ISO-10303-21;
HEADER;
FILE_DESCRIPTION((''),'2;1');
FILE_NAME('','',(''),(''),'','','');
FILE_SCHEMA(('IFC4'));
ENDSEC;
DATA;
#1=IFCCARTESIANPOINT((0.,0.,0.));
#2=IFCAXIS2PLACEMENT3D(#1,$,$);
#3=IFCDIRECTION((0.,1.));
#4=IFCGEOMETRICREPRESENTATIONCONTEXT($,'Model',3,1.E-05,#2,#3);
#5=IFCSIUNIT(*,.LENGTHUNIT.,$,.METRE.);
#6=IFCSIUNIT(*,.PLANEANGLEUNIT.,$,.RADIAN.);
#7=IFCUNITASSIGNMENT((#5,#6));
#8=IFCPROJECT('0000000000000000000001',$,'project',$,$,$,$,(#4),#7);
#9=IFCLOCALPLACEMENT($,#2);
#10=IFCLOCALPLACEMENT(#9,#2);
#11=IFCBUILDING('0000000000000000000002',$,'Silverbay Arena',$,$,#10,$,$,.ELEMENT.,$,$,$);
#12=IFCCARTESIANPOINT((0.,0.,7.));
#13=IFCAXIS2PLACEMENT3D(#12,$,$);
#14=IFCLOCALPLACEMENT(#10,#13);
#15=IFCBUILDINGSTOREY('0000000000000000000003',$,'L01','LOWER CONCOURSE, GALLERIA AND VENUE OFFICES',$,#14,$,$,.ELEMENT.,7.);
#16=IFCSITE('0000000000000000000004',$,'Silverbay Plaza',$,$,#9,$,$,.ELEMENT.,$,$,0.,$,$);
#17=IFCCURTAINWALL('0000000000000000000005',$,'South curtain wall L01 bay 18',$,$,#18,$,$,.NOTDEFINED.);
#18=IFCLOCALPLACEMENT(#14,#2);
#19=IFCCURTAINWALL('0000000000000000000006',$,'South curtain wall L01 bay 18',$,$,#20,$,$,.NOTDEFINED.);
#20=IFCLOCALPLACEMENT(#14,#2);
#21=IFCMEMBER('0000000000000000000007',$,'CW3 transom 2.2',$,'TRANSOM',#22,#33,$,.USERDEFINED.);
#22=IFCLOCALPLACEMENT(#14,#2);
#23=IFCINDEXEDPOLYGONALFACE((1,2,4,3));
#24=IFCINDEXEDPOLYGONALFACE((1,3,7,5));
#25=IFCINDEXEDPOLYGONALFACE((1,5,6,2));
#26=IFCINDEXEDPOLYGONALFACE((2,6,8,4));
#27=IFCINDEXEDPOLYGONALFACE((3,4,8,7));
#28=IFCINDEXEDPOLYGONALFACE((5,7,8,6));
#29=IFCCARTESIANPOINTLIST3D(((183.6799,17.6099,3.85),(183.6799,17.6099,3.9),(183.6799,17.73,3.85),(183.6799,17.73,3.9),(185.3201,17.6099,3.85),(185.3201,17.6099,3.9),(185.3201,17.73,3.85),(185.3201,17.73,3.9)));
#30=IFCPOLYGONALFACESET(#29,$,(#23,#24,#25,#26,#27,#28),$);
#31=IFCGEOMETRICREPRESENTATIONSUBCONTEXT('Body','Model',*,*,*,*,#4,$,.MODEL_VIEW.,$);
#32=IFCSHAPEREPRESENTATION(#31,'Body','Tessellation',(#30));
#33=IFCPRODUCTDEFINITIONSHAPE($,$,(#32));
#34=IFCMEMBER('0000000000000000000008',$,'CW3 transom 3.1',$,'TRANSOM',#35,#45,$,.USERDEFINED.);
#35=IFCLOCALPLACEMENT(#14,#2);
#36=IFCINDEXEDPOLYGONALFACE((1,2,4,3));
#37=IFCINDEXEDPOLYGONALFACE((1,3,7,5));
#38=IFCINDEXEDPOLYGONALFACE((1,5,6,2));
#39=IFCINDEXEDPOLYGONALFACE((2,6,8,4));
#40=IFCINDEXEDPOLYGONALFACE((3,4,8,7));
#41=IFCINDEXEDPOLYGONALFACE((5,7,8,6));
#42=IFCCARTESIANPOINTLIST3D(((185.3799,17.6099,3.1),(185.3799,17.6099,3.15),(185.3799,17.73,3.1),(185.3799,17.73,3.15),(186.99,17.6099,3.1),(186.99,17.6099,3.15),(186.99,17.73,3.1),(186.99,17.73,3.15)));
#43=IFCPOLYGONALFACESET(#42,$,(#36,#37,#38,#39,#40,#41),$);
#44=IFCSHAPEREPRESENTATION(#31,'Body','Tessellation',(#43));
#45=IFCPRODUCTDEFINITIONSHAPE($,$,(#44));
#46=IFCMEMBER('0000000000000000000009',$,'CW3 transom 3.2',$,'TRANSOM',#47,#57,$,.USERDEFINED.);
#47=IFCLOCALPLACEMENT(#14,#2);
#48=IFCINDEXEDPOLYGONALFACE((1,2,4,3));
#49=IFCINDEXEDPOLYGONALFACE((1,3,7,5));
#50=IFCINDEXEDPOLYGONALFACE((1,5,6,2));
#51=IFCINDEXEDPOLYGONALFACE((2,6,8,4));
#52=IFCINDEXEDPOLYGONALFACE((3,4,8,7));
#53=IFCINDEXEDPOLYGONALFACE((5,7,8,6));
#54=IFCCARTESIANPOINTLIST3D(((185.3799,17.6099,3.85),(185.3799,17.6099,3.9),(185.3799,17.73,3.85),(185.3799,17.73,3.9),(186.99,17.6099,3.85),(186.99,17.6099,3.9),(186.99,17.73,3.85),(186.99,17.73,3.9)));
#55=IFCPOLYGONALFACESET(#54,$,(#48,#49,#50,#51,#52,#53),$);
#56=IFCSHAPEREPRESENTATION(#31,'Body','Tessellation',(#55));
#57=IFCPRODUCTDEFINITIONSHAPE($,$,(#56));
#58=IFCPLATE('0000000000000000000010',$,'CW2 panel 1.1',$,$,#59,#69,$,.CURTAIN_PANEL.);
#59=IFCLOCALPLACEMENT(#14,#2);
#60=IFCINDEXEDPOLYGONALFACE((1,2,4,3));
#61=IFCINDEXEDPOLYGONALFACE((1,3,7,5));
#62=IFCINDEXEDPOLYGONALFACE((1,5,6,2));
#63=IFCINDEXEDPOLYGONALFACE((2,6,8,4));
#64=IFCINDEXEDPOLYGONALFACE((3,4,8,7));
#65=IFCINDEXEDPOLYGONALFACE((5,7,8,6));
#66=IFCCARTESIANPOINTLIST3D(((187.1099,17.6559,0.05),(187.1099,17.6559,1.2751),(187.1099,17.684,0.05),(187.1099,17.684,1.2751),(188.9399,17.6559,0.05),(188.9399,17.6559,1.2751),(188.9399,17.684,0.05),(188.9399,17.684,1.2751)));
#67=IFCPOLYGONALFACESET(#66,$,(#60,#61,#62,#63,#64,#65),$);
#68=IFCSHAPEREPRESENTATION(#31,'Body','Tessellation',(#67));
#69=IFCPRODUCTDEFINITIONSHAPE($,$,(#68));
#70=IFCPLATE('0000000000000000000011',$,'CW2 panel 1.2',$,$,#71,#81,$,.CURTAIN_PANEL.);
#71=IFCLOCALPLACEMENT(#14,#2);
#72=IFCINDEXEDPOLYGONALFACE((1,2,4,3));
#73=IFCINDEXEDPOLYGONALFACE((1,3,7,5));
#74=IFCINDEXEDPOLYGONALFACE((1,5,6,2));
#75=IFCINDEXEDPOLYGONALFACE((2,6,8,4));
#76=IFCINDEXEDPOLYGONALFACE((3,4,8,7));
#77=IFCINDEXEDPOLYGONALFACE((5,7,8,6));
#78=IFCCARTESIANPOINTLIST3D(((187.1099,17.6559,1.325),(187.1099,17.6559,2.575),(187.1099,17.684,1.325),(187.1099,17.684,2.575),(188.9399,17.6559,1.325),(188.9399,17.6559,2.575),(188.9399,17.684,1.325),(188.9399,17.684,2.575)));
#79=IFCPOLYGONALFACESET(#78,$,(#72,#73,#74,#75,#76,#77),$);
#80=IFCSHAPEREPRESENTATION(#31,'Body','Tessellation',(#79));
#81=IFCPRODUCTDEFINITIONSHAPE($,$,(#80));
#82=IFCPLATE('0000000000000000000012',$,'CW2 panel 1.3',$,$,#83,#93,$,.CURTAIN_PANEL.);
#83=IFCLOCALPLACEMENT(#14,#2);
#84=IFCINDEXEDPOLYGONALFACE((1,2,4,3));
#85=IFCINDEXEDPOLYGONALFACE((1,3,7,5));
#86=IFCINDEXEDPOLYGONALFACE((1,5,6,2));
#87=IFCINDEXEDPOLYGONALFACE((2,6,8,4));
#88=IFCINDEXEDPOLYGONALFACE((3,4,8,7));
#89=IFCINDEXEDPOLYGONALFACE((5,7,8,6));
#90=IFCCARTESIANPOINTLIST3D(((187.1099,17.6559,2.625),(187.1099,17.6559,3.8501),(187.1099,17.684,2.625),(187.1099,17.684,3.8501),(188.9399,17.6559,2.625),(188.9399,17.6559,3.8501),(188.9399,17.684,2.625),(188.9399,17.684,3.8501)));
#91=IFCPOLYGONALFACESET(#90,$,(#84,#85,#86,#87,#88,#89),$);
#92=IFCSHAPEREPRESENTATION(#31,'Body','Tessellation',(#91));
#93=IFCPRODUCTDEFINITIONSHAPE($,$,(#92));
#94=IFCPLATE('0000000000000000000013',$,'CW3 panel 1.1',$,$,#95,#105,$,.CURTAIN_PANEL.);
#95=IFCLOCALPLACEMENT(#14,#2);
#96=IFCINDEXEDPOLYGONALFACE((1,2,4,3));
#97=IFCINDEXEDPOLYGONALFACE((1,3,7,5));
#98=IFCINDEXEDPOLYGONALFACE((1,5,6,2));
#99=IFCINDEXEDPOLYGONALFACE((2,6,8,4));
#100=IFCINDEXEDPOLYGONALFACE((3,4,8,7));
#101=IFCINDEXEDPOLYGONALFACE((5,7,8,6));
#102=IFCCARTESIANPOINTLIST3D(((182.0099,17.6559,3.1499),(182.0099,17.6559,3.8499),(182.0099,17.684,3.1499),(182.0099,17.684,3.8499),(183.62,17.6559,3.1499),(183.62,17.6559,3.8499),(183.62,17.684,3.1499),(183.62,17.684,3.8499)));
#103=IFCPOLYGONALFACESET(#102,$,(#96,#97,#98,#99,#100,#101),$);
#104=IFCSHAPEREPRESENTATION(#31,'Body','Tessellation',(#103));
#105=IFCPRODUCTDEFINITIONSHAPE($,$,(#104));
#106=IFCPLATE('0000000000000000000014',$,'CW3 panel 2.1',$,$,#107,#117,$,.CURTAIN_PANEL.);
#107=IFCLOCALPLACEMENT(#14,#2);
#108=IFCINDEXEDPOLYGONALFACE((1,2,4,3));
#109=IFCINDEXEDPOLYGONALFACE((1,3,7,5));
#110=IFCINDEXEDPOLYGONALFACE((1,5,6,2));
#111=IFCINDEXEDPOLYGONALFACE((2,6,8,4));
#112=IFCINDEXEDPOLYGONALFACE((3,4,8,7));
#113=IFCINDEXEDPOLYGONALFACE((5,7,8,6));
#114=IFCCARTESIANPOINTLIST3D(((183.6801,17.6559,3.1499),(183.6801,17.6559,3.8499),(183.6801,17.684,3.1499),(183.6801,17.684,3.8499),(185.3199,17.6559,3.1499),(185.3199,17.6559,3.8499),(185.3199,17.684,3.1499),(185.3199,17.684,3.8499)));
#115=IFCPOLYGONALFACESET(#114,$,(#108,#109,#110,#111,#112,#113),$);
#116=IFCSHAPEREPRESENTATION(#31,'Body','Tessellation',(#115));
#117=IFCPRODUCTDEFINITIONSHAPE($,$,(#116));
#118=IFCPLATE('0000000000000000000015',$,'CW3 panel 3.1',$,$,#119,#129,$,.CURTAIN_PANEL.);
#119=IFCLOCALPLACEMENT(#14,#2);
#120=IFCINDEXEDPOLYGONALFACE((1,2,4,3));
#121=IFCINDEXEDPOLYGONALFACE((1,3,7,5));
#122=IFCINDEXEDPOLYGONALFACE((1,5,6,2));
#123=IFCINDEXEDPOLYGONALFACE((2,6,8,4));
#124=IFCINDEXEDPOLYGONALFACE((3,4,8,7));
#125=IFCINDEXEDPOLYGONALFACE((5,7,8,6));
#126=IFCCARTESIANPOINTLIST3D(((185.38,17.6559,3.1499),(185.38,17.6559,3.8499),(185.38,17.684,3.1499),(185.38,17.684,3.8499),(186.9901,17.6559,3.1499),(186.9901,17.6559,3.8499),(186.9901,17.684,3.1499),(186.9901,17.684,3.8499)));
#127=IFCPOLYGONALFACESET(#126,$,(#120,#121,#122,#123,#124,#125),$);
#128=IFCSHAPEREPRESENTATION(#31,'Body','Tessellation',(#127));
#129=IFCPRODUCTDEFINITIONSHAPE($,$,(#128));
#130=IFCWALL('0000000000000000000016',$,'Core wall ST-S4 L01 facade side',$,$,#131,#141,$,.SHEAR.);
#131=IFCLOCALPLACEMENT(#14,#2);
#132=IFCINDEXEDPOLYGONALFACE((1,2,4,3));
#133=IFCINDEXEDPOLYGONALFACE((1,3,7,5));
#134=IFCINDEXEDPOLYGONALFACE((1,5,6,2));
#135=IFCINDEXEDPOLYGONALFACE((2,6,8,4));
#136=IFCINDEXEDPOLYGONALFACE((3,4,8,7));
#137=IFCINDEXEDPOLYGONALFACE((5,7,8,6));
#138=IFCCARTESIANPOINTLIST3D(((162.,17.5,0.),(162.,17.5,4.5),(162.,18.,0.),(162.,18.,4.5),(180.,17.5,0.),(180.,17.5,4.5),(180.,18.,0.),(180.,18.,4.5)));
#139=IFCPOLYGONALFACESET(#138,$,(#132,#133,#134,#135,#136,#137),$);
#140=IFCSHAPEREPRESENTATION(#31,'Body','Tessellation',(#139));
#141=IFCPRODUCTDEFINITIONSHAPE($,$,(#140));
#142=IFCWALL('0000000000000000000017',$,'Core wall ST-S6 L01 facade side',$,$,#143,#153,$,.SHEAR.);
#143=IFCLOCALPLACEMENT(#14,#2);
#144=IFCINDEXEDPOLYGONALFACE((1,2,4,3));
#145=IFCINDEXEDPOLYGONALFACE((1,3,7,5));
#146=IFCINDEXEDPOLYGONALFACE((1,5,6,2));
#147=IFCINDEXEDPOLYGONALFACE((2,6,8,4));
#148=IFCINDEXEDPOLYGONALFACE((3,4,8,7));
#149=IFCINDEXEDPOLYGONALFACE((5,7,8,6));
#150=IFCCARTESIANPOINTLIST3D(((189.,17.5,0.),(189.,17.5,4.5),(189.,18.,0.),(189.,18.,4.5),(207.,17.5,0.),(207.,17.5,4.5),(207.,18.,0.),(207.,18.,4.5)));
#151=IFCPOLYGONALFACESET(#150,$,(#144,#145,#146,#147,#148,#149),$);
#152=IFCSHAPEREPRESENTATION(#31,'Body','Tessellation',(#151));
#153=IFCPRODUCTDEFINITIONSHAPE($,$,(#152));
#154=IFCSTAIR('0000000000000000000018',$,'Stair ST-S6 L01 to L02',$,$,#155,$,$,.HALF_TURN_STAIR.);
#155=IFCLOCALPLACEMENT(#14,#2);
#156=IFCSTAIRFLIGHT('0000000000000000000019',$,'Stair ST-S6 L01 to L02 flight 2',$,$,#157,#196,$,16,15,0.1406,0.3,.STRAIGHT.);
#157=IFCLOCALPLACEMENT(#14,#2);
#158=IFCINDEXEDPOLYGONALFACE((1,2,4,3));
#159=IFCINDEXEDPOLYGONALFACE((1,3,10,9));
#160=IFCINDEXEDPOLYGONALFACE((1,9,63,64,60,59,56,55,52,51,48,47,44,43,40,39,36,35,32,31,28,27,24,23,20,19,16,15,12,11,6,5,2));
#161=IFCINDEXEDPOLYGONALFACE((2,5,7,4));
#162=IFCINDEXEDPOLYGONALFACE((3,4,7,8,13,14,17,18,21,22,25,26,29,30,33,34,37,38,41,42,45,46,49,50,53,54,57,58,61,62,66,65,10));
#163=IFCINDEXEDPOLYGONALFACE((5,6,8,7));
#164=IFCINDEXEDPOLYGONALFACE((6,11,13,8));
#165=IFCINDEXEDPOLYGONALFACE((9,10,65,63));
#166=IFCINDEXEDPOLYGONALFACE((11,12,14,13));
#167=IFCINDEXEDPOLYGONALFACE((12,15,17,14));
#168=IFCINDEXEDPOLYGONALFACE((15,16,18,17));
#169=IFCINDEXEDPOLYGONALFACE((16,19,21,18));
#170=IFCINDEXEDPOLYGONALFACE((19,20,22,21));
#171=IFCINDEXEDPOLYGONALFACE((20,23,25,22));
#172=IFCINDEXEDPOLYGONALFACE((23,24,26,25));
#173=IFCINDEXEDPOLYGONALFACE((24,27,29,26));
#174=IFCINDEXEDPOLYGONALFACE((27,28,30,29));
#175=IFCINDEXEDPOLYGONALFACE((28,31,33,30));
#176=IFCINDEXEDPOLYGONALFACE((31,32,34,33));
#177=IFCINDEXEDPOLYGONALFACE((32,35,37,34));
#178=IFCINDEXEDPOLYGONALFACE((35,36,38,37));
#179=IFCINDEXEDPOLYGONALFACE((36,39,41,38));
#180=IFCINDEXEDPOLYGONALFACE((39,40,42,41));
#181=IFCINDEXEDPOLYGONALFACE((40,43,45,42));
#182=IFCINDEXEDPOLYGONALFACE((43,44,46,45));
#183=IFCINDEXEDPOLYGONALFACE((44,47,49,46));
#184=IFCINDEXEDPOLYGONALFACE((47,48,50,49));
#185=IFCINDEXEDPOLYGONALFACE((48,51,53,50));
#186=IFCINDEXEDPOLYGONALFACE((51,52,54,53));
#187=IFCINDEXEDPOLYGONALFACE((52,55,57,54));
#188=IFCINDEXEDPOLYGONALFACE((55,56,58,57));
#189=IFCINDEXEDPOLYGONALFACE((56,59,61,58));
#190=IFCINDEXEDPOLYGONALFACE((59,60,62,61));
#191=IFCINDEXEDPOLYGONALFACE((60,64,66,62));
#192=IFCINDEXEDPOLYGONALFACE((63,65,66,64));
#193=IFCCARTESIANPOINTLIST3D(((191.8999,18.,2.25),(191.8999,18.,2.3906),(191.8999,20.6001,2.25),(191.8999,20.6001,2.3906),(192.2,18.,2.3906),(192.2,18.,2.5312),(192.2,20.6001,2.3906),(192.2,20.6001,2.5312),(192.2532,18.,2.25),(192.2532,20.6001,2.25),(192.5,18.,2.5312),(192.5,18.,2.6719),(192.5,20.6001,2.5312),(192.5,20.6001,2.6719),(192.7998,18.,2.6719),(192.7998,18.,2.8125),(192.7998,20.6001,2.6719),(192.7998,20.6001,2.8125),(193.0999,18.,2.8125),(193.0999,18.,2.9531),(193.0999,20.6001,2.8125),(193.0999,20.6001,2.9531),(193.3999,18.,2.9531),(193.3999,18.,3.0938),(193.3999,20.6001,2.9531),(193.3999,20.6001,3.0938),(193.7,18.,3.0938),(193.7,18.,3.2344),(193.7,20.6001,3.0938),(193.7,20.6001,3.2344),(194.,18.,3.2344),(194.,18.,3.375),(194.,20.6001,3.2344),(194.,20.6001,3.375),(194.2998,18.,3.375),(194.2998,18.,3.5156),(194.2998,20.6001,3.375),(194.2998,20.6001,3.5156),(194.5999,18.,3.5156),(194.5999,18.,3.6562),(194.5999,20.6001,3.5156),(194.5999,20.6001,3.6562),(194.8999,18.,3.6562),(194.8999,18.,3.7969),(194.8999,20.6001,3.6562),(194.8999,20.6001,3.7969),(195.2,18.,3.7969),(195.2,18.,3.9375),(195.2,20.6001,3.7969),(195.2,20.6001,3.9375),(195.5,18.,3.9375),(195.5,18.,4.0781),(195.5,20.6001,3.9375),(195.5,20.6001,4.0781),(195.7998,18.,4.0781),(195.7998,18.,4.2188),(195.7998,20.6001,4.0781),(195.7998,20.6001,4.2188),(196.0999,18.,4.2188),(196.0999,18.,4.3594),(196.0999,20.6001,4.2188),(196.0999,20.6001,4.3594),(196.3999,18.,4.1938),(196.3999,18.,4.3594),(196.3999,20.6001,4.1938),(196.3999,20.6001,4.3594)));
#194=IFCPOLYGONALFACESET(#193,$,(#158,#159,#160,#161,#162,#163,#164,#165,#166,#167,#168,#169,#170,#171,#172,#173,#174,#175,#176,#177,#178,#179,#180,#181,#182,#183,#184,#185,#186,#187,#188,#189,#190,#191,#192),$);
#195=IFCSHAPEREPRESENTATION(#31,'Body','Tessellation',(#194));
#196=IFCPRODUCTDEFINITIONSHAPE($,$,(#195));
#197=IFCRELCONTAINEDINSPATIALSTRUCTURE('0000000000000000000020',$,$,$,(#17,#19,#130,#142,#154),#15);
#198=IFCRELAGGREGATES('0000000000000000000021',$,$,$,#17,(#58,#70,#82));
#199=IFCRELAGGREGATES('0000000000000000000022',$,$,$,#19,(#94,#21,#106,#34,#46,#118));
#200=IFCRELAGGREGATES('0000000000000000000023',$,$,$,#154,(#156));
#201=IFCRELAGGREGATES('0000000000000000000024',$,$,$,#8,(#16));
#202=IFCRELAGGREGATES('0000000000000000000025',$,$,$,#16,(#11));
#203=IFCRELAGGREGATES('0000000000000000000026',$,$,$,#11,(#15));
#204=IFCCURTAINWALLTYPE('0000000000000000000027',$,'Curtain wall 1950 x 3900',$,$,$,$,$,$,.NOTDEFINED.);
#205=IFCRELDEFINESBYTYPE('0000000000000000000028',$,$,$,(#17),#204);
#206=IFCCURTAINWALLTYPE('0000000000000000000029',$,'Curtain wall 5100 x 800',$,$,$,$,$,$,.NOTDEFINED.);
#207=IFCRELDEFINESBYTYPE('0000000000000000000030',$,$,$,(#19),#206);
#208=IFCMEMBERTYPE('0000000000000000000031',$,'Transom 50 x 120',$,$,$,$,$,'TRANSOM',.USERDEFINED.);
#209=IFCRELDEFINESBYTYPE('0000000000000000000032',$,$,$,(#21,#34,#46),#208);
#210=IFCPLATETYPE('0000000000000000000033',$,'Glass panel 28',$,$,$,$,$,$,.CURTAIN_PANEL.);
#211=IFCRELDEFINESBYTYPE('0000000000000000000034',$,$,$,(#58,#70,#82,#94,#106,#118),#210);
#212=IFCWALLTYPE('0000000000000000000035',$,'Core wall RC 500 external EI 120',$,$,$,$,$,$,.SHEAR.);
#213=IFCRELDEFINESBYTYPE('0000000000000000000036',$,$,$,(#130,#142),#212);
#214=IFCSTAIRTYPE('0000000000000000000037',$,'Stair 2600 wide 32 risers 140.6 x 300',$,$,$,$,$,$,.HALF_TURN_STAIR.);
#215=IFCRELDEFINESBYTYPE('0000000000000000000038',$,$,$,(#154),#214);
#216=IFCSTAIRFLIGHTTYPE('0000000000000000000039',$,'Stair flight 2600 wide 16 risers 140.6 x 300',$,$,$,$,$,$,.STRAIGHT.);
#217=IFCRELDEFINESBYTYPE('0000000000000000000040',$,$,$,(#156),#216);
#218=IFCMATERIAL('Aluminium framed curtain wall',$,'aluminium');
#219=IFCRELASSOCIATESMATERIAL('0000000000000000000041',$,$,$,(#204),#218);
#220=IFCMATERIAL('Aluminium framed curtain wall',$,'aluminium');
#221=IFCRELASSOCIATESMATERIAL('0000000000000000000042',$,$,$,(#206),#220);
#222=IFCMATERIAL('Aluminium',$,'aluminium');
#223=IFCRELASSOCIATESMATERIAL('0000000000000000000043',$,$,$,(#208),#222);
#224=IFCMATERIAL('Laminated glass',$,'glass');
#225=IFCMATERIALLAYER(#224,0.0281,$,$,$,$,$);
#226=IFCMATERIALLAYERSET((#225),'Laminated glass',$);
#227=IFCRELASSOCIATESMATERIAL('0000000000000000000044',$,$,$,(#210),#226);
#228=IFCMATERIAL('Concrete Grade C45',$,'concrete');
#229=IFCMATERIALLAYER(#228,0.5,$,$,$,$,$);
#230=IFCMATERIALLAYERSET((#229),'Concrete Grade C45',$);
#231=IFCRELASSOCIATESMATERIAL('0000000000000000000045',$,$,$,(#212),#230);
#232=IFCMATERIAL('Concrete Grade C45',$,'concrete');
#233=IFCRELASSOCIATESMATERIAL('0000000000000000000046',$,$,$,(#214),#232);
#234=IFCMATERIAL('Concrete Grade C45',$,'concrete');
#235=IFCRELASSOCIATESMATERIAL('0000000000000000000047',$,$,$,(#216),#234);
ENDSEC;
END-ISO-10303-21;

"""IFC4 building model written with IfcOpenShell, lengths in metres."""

from ifc_helpers import new_model, si_unit, direction, frame, frame_2d, origin, origin_2d, place, context, subcontext, project, spatial, polyline, rectangle, outline, extrude, material, layer, layer_set, material_profile, profile_set, type_object, element, aggregate, save


model = new_model("IFC4")

# Units and contexts
model_context = context("Model", 3, precision=1e-05, world=origin(), true_north=direction((0.0, 1.0)))
body_context = subcontext(model_context, "Body", "Model", "MODEL_VIEW")
ifc_project = project(units=[si_unit("LENGTHUNIT", "METRE"), si_unit("PLANEANGLEUNIT", "RADIAN")], contexts=[model_context])

# Site, building, storey
site_placement = place(None, origin())
site = spatial("IfcSite", under=ifc_project, at=site_placement, Name="Silverbay Plaza", CompositionType="ELEMENT", RefElevation=0.0)
building_placement = place(site_placement, origin())
building = spatial("IfcBuilding", under=site, at=building_placement, Name="Silverbay Arena", CompositionType="ELEMENT")
storey_placement = place(building_placement, frame((0.0, 0.0, 7.0)))
storey = spatial("IfcBuildingStorey", under=building, at=storey_placement, Name="L01", Description="LOWER CONCOURSE, GALLERIA AND VENUE OFFICES", CompositionType="ELEMENT", Elevation=7.0)

# Curtain walls
ifc_material_1 = material(Name="Aluminium framed curtain wall", Category="aluminium")
curtain_wall_type_1 = type_object("IfcCurtainWallType", Name="Curtain wall 1950 x 3900", PredefinedType="NOTDEFINED", material=ifc_material_1)
curtain_wall_1_placement = place(storey_placement, origin())
curtain_wall_1 = element("IfcCurtainWall", 1, at=curtain_wall_1_placement, inside=storey, type_object=curtain_wall_type_1, Name="South curtain wall L01 bay 18", PredefinedType="NOTDEFINED")
ifc_material_2 = material(Name="Aluminium framed curtain wall", Category="aluminium")
curtain_wall_type_2 = type_object("IfcCurtainWallType", Name="Curtain wall 5100 x 800", PredefinedType="NOTDEFINED", material=ifc_material_2)
curtain_wall_2_placement = place(storey_placement, origin())
curtain_wall_2 = element("IfcCurtainWall", 2, at=curtain_wall_2_placement, inside=storey, type_object=curtain_wall_type_2, Name="South curtain wall L01 bay 18", PredefinedType="NOTDEFINED")

# Members
ifc_material_3 = material(Name="Aluminium", Category="aluminium")
ifc_material_profile_1 = material_profile(ifc_material_3, rectangle(XDim=0.1201, YDim=0.05, at=origin_2d()), Name="Transom 50 x 120")
ifc_profile_set_1 = profile_set([ifc_material_profile_1], Name="Aluminium")
member_type_1 = type_object("IfcMemberType", Name="Transom 50 x 120", ElementType="TRANSOM", PredefinedType="USERDEFINED", material=ifc_profile_set_1)
member_1_placement = place(storey_placement, frame((183.6799, 17.6699, 3.875), z_axis=(1.0, 0.0, 0.0), x_axis=(0.0, 1.0, 0.0)))
member_1 = element("IfcMember", 3, at=member_1_placement, type_object=member_type_1, Name="CW3 transom 2.2", ObjectType="TRANSOM", PredefinedType="USERDEFINED", context=body_context, shape_type="SweptSolid", body=[
    extrude(rectangle(XDim=0.1201, YDim=0.05, at=origin_2d()), origin(), (0.0, 0.0, 1.0), 1.6401),
])
member_2_placement = place(storey_placement, frame((185.3799, 17.6699, 3.125), z_axis=(1.0, 0.0, 0.0), x_axis=(0.0, 1.0, 0.0)))
member_2 = element("IfcMember", 4, at=member_2_placement, type_object=member_type_1, Name="CW3 transom 3.1", ObjectType="TRANSOM", PredefinedType="USERDEFINED", context=body_context, shape_type="SweptSolid", body=[
    extrude(rectangle(XDim=0.1201, YDim=0.05, at=origin_2d()), origin(), (0.0, 0.0, 1.0), 1.6101),
])
member_3_placement = place(storey_placement, frame((185.3799, 17.6699, 3.875), z_axis=(1.0, 0.0, 0.0), x_axis=(0.0, 1.0, 0.0)))
member_3 = element("IfcMember", 5, at=member_3_placement, type_object=member_type_1, Name="CW3 transom 3.2", ObjectType="TRANSOM", PredefinedType="USERDEFINED", context=body_context, shape_type="SweptSolid", body=[
    extrude(rectangle(XDim=0.1201, YDim=0.05, at=origin_2d()), origin(), (0.0, 0.0, 1.0), 1.6101),
])

# Plates
ifc_material_4 = material(Name="Laminated glass", Category="glass")
ifc_layer_1 = layer(ifc_material_4, 0.0281)
ifc_layer_set_1 = layer_set([ifc_layer_1], Name="Laminated glass")
plate_type = type_object("IfcPlateType", Name="Glass panel 28", PredefinedType="CURTAIN_PANEL", material=ifc_layer_set_1)
plate_1_placement = place(storey_placement, frame((188.0249, 17.6699, 0.05), z_axis=(0.0, 0.0, 1.0), x_axis=(1.0, 0.0, 0.0)))
plate_1 = element("IfcPlate", 6, at=plate_1_placement, type_object=plate_type, Name="CW2 panel 1.1", PredefinedType="CURTAIN_PANEL", context=body_context, shape_type="SweptSolid", body=[
    extrude(rectangle(XDim=1.8301, YDim=0.0281, at=origin_2d()), origin(), (0.0, 0.0, 1.0), 1.2251),
])
plate_2_placement = place(storey_placement, frame((188.0249, 17.6699, 1.325), z_axis=(0.0, 0.0, 1.0), x_axis=(1.0, 0.0, 0.0)))
plate_2 = element("IfcPlate", 7, at=plate_2_placement, type_object=plate_type, Name="CW2 panel 1.2", PredefinedType="CURTAIN_PANEL", context=body_context, shape_type="SweptSolid", body=[
    extrude(rectangle(XDim=1.8301, YDim=0.0281, at=origin_2d()), origin(), (0.0, 0.0, 1.0), 1.25),
])
plate_3_placement = place(storey_placement, frame((188.0249, 17.6699, 2.625), z_axis=(0.0, 0.0, 1.0), x_axis=(1.0, 0.0, 0.0)))
plate_3 = element("IfcPlate", 8, at=plate_3_placement, type_object=plate_type, Name="CW2 panel 1.3", PredefinedType="CURTAIN_PANEL", context=body_context, shape_type="SweptSolid", body=[
    extrude(rectangle(XDim=1.8301, YDim=0.0281, at=origin_2d()), origin(), (0.0, 0.0, 1.0), 1.2251),
])
aggregate(curtain_wall_1, [plate_1, plate_2, plate_3])
plate_4_placement = place(storey_placement, frame((182.8149, 17.6699, 3.1499), z_axis=(0.0, 0.0, 1.0), x_axis=(1.0, 0.0, 0.0)))
plate_4 = element("IfcPlate", 9, at=plate_4_placement, type_object=plate_type, Name="CW3 panel 1.1", PredefinedType="CURTAIN_PANEL", context=body_context, shape_type="SweptSolid", body=[
    extrude(rectangle(XDim=1.6101, YDim=0.0281, at=origin_2d()), origin(), (0.0, 0.0, 1.0), 0.7),
])
plate_5_placement = place(storey_placement, frame((184.5, 17.6699, 3.1499), z_axis=(0.0, 0.0, 1.0), x_axis=(1.0, 0.0, 0.0)))
plate_5 = element("IfcPlate", 10, at=plate_5_placement, type_object=plate_type, Name="CW3 panel 2.1", PredefinedType="CURTAIN_PANEL", context=body_context, shape_type="SweptSolid", body=[
    extrude(rectangle(XDim=1.6399, YDim=0.0281, at=origin_2d()), origin(), (0.0, 0.0, 1.0), 0.7),
])
plate_6_placement = place(storey_placement, frame((186.1851, 17.6699, 3.1499), z_axis=(0.0, 0.0, 1.0), x_axis=(1.0, 0.0, 0.0)))
plate_6 = element("IfcPlate", 11, at=plate_6_placement, type_object=plate_type, Name="CW3 panel 3.1", PredefinedType="CURTAIN_PANEL", context=body_context, shape_type="SweptSolid", body=[
    extrude(rectangle(XDim=1.6101, YDim=0.0281, at=origin_2d()), origin(), (0.0, 0.0, 1.0), 0.7),
])
aggregate(curtain_wall_2, [plate_4, member_1, plate_5, member_2, member_3, plate_6])

# Walls
ifc_material_5 = material(Name="Concrete Grade C45", Category="concrete")
ifc_layer_2 = layer(ifc_material_5, 0.5)
ifc_layer_set_2 = layer_set([ifc_layer_2], Name="Concrete Grade C45")
wall_type = type_object("IfcWallType", Name="Core wall RC 500 external EI 120", PredefinedType="SHEAR", material=ifc_layer_set_2)
for number, where, z_axis, x_axis, name in (
    (12, (180.0, 17.75, 0.0), (0.0, 0.0, 1.0), (-1.0, 0.0, 0.0), "Core wall ST-S4 L01 facade side"),
    (13, (189.0, 17.75, 0.0), (0.0, 0.0, 1.0), (1.0, 0.0, 0.0), "Core wall ST-S6 L01 facade side"),
):
    element("IfcWall", number, at=place(storey_placement, frame(where, z_axis=z_axis, x_axis=x_axis)), inside=storey, type_object=wall_type, Name=name, PredefinedType="SHEAR", context=body_context, shape_type="SweptSolid", body=[
        extrude(rectangle(XDim=18.0, YDim=0.5, at=frame_2d((9.0, 0.0))), origin(), (0.0, 0.0, 1.0), 4.5),
    ])

# Stair, stair flight
ifc_material_6 = material(Name="Concrete Grade C45", Category="concrete")
stair_type = type_object("IfcStairType", Name="Stair 2600 wide 32 risers 140.6 x 300", PredefinedType="HALF_TURN_STAIR", material=ifc_material_6)
stair_placement = place(storey_placement, origin())
stair = element("IfcStair", 14, at=stair_placement, inside=storey, type_object=stair_type, Name="Stair ST-S6 L01 to L02", PredefinedType="HALF_TURN_STAIR")
ifc_material_7 = material(Name="Concrete Grade C45", Category="concrete")
stair_flight_type = type_object("IfcStairFlightType", Name="Stair flight 2600 wide 16 risers 140.6 x 300", PredefinedType="STRAIGHT", material=ifc_material_7)
stair_flight_placement = place(storey_placement, frame((191.8999, 19.3, 2.25), z_axis=(0.0, 0.0, 1.0), x_axis=(1.0, 0.0, 0.0)))
stair_flight = element("IfcStairFlight", 15, at=stair_flight_placement, type_object=stair_flight_type, Name="Stair ST-S6 L01 to L02 flight 2", NumberOfRisers=16, NumberOfTreads=15, PredefinedType="STRAIGHT", RiserHeight=0.1406, TreadLength=0.3, context=body_context, shape_type="SweptSolid", body=[
    extrude(outline(polyline([(0.0, 0.0), (0.0, 0.1406), (0.3, 0.1406), (0.3, 0.2812), (0.6001, 0.2812), (0.6001, 0.4219), (0.8999, 0.4219), (0.8999, 0.5625), (1.2, 0.5625), (1.2, 0.7031), (1.5, 0.7031), (1.5, 0.8438), (1.8, 0.8438), (1.8, 0.9844), (2.1001, 0.9844), (2.1001, 1.125), (2.3999, 1.125), (2.3999, 1.2656), (2.7, 1.2656), (2.7, 1.4062), (3.0, 1.4062), (3.0, 1.5469), (3.3, 1.5469), (3.3, 1.6875), (3.6001, 1.6875), (3.6001, 1.8281), (3.8999, 1.8281), (3.8999, 1.9688), (4.2, 1.9688), (4.2, 2.1094), (4.5, 2.1094), (4.5, 1.9438), (0.3533, 0.0), (0.0, 0.0)])), frame((0.0, 1.3, 0.0), z_axis=(0.0, -1.0, 0.0), x_axis=(1.0, 0.0, 0.0)), (0.0, 0.0, 1.0), 2.6001),
])
aggregate(stair, [stair_flight])

save(model, "model.ifc")
